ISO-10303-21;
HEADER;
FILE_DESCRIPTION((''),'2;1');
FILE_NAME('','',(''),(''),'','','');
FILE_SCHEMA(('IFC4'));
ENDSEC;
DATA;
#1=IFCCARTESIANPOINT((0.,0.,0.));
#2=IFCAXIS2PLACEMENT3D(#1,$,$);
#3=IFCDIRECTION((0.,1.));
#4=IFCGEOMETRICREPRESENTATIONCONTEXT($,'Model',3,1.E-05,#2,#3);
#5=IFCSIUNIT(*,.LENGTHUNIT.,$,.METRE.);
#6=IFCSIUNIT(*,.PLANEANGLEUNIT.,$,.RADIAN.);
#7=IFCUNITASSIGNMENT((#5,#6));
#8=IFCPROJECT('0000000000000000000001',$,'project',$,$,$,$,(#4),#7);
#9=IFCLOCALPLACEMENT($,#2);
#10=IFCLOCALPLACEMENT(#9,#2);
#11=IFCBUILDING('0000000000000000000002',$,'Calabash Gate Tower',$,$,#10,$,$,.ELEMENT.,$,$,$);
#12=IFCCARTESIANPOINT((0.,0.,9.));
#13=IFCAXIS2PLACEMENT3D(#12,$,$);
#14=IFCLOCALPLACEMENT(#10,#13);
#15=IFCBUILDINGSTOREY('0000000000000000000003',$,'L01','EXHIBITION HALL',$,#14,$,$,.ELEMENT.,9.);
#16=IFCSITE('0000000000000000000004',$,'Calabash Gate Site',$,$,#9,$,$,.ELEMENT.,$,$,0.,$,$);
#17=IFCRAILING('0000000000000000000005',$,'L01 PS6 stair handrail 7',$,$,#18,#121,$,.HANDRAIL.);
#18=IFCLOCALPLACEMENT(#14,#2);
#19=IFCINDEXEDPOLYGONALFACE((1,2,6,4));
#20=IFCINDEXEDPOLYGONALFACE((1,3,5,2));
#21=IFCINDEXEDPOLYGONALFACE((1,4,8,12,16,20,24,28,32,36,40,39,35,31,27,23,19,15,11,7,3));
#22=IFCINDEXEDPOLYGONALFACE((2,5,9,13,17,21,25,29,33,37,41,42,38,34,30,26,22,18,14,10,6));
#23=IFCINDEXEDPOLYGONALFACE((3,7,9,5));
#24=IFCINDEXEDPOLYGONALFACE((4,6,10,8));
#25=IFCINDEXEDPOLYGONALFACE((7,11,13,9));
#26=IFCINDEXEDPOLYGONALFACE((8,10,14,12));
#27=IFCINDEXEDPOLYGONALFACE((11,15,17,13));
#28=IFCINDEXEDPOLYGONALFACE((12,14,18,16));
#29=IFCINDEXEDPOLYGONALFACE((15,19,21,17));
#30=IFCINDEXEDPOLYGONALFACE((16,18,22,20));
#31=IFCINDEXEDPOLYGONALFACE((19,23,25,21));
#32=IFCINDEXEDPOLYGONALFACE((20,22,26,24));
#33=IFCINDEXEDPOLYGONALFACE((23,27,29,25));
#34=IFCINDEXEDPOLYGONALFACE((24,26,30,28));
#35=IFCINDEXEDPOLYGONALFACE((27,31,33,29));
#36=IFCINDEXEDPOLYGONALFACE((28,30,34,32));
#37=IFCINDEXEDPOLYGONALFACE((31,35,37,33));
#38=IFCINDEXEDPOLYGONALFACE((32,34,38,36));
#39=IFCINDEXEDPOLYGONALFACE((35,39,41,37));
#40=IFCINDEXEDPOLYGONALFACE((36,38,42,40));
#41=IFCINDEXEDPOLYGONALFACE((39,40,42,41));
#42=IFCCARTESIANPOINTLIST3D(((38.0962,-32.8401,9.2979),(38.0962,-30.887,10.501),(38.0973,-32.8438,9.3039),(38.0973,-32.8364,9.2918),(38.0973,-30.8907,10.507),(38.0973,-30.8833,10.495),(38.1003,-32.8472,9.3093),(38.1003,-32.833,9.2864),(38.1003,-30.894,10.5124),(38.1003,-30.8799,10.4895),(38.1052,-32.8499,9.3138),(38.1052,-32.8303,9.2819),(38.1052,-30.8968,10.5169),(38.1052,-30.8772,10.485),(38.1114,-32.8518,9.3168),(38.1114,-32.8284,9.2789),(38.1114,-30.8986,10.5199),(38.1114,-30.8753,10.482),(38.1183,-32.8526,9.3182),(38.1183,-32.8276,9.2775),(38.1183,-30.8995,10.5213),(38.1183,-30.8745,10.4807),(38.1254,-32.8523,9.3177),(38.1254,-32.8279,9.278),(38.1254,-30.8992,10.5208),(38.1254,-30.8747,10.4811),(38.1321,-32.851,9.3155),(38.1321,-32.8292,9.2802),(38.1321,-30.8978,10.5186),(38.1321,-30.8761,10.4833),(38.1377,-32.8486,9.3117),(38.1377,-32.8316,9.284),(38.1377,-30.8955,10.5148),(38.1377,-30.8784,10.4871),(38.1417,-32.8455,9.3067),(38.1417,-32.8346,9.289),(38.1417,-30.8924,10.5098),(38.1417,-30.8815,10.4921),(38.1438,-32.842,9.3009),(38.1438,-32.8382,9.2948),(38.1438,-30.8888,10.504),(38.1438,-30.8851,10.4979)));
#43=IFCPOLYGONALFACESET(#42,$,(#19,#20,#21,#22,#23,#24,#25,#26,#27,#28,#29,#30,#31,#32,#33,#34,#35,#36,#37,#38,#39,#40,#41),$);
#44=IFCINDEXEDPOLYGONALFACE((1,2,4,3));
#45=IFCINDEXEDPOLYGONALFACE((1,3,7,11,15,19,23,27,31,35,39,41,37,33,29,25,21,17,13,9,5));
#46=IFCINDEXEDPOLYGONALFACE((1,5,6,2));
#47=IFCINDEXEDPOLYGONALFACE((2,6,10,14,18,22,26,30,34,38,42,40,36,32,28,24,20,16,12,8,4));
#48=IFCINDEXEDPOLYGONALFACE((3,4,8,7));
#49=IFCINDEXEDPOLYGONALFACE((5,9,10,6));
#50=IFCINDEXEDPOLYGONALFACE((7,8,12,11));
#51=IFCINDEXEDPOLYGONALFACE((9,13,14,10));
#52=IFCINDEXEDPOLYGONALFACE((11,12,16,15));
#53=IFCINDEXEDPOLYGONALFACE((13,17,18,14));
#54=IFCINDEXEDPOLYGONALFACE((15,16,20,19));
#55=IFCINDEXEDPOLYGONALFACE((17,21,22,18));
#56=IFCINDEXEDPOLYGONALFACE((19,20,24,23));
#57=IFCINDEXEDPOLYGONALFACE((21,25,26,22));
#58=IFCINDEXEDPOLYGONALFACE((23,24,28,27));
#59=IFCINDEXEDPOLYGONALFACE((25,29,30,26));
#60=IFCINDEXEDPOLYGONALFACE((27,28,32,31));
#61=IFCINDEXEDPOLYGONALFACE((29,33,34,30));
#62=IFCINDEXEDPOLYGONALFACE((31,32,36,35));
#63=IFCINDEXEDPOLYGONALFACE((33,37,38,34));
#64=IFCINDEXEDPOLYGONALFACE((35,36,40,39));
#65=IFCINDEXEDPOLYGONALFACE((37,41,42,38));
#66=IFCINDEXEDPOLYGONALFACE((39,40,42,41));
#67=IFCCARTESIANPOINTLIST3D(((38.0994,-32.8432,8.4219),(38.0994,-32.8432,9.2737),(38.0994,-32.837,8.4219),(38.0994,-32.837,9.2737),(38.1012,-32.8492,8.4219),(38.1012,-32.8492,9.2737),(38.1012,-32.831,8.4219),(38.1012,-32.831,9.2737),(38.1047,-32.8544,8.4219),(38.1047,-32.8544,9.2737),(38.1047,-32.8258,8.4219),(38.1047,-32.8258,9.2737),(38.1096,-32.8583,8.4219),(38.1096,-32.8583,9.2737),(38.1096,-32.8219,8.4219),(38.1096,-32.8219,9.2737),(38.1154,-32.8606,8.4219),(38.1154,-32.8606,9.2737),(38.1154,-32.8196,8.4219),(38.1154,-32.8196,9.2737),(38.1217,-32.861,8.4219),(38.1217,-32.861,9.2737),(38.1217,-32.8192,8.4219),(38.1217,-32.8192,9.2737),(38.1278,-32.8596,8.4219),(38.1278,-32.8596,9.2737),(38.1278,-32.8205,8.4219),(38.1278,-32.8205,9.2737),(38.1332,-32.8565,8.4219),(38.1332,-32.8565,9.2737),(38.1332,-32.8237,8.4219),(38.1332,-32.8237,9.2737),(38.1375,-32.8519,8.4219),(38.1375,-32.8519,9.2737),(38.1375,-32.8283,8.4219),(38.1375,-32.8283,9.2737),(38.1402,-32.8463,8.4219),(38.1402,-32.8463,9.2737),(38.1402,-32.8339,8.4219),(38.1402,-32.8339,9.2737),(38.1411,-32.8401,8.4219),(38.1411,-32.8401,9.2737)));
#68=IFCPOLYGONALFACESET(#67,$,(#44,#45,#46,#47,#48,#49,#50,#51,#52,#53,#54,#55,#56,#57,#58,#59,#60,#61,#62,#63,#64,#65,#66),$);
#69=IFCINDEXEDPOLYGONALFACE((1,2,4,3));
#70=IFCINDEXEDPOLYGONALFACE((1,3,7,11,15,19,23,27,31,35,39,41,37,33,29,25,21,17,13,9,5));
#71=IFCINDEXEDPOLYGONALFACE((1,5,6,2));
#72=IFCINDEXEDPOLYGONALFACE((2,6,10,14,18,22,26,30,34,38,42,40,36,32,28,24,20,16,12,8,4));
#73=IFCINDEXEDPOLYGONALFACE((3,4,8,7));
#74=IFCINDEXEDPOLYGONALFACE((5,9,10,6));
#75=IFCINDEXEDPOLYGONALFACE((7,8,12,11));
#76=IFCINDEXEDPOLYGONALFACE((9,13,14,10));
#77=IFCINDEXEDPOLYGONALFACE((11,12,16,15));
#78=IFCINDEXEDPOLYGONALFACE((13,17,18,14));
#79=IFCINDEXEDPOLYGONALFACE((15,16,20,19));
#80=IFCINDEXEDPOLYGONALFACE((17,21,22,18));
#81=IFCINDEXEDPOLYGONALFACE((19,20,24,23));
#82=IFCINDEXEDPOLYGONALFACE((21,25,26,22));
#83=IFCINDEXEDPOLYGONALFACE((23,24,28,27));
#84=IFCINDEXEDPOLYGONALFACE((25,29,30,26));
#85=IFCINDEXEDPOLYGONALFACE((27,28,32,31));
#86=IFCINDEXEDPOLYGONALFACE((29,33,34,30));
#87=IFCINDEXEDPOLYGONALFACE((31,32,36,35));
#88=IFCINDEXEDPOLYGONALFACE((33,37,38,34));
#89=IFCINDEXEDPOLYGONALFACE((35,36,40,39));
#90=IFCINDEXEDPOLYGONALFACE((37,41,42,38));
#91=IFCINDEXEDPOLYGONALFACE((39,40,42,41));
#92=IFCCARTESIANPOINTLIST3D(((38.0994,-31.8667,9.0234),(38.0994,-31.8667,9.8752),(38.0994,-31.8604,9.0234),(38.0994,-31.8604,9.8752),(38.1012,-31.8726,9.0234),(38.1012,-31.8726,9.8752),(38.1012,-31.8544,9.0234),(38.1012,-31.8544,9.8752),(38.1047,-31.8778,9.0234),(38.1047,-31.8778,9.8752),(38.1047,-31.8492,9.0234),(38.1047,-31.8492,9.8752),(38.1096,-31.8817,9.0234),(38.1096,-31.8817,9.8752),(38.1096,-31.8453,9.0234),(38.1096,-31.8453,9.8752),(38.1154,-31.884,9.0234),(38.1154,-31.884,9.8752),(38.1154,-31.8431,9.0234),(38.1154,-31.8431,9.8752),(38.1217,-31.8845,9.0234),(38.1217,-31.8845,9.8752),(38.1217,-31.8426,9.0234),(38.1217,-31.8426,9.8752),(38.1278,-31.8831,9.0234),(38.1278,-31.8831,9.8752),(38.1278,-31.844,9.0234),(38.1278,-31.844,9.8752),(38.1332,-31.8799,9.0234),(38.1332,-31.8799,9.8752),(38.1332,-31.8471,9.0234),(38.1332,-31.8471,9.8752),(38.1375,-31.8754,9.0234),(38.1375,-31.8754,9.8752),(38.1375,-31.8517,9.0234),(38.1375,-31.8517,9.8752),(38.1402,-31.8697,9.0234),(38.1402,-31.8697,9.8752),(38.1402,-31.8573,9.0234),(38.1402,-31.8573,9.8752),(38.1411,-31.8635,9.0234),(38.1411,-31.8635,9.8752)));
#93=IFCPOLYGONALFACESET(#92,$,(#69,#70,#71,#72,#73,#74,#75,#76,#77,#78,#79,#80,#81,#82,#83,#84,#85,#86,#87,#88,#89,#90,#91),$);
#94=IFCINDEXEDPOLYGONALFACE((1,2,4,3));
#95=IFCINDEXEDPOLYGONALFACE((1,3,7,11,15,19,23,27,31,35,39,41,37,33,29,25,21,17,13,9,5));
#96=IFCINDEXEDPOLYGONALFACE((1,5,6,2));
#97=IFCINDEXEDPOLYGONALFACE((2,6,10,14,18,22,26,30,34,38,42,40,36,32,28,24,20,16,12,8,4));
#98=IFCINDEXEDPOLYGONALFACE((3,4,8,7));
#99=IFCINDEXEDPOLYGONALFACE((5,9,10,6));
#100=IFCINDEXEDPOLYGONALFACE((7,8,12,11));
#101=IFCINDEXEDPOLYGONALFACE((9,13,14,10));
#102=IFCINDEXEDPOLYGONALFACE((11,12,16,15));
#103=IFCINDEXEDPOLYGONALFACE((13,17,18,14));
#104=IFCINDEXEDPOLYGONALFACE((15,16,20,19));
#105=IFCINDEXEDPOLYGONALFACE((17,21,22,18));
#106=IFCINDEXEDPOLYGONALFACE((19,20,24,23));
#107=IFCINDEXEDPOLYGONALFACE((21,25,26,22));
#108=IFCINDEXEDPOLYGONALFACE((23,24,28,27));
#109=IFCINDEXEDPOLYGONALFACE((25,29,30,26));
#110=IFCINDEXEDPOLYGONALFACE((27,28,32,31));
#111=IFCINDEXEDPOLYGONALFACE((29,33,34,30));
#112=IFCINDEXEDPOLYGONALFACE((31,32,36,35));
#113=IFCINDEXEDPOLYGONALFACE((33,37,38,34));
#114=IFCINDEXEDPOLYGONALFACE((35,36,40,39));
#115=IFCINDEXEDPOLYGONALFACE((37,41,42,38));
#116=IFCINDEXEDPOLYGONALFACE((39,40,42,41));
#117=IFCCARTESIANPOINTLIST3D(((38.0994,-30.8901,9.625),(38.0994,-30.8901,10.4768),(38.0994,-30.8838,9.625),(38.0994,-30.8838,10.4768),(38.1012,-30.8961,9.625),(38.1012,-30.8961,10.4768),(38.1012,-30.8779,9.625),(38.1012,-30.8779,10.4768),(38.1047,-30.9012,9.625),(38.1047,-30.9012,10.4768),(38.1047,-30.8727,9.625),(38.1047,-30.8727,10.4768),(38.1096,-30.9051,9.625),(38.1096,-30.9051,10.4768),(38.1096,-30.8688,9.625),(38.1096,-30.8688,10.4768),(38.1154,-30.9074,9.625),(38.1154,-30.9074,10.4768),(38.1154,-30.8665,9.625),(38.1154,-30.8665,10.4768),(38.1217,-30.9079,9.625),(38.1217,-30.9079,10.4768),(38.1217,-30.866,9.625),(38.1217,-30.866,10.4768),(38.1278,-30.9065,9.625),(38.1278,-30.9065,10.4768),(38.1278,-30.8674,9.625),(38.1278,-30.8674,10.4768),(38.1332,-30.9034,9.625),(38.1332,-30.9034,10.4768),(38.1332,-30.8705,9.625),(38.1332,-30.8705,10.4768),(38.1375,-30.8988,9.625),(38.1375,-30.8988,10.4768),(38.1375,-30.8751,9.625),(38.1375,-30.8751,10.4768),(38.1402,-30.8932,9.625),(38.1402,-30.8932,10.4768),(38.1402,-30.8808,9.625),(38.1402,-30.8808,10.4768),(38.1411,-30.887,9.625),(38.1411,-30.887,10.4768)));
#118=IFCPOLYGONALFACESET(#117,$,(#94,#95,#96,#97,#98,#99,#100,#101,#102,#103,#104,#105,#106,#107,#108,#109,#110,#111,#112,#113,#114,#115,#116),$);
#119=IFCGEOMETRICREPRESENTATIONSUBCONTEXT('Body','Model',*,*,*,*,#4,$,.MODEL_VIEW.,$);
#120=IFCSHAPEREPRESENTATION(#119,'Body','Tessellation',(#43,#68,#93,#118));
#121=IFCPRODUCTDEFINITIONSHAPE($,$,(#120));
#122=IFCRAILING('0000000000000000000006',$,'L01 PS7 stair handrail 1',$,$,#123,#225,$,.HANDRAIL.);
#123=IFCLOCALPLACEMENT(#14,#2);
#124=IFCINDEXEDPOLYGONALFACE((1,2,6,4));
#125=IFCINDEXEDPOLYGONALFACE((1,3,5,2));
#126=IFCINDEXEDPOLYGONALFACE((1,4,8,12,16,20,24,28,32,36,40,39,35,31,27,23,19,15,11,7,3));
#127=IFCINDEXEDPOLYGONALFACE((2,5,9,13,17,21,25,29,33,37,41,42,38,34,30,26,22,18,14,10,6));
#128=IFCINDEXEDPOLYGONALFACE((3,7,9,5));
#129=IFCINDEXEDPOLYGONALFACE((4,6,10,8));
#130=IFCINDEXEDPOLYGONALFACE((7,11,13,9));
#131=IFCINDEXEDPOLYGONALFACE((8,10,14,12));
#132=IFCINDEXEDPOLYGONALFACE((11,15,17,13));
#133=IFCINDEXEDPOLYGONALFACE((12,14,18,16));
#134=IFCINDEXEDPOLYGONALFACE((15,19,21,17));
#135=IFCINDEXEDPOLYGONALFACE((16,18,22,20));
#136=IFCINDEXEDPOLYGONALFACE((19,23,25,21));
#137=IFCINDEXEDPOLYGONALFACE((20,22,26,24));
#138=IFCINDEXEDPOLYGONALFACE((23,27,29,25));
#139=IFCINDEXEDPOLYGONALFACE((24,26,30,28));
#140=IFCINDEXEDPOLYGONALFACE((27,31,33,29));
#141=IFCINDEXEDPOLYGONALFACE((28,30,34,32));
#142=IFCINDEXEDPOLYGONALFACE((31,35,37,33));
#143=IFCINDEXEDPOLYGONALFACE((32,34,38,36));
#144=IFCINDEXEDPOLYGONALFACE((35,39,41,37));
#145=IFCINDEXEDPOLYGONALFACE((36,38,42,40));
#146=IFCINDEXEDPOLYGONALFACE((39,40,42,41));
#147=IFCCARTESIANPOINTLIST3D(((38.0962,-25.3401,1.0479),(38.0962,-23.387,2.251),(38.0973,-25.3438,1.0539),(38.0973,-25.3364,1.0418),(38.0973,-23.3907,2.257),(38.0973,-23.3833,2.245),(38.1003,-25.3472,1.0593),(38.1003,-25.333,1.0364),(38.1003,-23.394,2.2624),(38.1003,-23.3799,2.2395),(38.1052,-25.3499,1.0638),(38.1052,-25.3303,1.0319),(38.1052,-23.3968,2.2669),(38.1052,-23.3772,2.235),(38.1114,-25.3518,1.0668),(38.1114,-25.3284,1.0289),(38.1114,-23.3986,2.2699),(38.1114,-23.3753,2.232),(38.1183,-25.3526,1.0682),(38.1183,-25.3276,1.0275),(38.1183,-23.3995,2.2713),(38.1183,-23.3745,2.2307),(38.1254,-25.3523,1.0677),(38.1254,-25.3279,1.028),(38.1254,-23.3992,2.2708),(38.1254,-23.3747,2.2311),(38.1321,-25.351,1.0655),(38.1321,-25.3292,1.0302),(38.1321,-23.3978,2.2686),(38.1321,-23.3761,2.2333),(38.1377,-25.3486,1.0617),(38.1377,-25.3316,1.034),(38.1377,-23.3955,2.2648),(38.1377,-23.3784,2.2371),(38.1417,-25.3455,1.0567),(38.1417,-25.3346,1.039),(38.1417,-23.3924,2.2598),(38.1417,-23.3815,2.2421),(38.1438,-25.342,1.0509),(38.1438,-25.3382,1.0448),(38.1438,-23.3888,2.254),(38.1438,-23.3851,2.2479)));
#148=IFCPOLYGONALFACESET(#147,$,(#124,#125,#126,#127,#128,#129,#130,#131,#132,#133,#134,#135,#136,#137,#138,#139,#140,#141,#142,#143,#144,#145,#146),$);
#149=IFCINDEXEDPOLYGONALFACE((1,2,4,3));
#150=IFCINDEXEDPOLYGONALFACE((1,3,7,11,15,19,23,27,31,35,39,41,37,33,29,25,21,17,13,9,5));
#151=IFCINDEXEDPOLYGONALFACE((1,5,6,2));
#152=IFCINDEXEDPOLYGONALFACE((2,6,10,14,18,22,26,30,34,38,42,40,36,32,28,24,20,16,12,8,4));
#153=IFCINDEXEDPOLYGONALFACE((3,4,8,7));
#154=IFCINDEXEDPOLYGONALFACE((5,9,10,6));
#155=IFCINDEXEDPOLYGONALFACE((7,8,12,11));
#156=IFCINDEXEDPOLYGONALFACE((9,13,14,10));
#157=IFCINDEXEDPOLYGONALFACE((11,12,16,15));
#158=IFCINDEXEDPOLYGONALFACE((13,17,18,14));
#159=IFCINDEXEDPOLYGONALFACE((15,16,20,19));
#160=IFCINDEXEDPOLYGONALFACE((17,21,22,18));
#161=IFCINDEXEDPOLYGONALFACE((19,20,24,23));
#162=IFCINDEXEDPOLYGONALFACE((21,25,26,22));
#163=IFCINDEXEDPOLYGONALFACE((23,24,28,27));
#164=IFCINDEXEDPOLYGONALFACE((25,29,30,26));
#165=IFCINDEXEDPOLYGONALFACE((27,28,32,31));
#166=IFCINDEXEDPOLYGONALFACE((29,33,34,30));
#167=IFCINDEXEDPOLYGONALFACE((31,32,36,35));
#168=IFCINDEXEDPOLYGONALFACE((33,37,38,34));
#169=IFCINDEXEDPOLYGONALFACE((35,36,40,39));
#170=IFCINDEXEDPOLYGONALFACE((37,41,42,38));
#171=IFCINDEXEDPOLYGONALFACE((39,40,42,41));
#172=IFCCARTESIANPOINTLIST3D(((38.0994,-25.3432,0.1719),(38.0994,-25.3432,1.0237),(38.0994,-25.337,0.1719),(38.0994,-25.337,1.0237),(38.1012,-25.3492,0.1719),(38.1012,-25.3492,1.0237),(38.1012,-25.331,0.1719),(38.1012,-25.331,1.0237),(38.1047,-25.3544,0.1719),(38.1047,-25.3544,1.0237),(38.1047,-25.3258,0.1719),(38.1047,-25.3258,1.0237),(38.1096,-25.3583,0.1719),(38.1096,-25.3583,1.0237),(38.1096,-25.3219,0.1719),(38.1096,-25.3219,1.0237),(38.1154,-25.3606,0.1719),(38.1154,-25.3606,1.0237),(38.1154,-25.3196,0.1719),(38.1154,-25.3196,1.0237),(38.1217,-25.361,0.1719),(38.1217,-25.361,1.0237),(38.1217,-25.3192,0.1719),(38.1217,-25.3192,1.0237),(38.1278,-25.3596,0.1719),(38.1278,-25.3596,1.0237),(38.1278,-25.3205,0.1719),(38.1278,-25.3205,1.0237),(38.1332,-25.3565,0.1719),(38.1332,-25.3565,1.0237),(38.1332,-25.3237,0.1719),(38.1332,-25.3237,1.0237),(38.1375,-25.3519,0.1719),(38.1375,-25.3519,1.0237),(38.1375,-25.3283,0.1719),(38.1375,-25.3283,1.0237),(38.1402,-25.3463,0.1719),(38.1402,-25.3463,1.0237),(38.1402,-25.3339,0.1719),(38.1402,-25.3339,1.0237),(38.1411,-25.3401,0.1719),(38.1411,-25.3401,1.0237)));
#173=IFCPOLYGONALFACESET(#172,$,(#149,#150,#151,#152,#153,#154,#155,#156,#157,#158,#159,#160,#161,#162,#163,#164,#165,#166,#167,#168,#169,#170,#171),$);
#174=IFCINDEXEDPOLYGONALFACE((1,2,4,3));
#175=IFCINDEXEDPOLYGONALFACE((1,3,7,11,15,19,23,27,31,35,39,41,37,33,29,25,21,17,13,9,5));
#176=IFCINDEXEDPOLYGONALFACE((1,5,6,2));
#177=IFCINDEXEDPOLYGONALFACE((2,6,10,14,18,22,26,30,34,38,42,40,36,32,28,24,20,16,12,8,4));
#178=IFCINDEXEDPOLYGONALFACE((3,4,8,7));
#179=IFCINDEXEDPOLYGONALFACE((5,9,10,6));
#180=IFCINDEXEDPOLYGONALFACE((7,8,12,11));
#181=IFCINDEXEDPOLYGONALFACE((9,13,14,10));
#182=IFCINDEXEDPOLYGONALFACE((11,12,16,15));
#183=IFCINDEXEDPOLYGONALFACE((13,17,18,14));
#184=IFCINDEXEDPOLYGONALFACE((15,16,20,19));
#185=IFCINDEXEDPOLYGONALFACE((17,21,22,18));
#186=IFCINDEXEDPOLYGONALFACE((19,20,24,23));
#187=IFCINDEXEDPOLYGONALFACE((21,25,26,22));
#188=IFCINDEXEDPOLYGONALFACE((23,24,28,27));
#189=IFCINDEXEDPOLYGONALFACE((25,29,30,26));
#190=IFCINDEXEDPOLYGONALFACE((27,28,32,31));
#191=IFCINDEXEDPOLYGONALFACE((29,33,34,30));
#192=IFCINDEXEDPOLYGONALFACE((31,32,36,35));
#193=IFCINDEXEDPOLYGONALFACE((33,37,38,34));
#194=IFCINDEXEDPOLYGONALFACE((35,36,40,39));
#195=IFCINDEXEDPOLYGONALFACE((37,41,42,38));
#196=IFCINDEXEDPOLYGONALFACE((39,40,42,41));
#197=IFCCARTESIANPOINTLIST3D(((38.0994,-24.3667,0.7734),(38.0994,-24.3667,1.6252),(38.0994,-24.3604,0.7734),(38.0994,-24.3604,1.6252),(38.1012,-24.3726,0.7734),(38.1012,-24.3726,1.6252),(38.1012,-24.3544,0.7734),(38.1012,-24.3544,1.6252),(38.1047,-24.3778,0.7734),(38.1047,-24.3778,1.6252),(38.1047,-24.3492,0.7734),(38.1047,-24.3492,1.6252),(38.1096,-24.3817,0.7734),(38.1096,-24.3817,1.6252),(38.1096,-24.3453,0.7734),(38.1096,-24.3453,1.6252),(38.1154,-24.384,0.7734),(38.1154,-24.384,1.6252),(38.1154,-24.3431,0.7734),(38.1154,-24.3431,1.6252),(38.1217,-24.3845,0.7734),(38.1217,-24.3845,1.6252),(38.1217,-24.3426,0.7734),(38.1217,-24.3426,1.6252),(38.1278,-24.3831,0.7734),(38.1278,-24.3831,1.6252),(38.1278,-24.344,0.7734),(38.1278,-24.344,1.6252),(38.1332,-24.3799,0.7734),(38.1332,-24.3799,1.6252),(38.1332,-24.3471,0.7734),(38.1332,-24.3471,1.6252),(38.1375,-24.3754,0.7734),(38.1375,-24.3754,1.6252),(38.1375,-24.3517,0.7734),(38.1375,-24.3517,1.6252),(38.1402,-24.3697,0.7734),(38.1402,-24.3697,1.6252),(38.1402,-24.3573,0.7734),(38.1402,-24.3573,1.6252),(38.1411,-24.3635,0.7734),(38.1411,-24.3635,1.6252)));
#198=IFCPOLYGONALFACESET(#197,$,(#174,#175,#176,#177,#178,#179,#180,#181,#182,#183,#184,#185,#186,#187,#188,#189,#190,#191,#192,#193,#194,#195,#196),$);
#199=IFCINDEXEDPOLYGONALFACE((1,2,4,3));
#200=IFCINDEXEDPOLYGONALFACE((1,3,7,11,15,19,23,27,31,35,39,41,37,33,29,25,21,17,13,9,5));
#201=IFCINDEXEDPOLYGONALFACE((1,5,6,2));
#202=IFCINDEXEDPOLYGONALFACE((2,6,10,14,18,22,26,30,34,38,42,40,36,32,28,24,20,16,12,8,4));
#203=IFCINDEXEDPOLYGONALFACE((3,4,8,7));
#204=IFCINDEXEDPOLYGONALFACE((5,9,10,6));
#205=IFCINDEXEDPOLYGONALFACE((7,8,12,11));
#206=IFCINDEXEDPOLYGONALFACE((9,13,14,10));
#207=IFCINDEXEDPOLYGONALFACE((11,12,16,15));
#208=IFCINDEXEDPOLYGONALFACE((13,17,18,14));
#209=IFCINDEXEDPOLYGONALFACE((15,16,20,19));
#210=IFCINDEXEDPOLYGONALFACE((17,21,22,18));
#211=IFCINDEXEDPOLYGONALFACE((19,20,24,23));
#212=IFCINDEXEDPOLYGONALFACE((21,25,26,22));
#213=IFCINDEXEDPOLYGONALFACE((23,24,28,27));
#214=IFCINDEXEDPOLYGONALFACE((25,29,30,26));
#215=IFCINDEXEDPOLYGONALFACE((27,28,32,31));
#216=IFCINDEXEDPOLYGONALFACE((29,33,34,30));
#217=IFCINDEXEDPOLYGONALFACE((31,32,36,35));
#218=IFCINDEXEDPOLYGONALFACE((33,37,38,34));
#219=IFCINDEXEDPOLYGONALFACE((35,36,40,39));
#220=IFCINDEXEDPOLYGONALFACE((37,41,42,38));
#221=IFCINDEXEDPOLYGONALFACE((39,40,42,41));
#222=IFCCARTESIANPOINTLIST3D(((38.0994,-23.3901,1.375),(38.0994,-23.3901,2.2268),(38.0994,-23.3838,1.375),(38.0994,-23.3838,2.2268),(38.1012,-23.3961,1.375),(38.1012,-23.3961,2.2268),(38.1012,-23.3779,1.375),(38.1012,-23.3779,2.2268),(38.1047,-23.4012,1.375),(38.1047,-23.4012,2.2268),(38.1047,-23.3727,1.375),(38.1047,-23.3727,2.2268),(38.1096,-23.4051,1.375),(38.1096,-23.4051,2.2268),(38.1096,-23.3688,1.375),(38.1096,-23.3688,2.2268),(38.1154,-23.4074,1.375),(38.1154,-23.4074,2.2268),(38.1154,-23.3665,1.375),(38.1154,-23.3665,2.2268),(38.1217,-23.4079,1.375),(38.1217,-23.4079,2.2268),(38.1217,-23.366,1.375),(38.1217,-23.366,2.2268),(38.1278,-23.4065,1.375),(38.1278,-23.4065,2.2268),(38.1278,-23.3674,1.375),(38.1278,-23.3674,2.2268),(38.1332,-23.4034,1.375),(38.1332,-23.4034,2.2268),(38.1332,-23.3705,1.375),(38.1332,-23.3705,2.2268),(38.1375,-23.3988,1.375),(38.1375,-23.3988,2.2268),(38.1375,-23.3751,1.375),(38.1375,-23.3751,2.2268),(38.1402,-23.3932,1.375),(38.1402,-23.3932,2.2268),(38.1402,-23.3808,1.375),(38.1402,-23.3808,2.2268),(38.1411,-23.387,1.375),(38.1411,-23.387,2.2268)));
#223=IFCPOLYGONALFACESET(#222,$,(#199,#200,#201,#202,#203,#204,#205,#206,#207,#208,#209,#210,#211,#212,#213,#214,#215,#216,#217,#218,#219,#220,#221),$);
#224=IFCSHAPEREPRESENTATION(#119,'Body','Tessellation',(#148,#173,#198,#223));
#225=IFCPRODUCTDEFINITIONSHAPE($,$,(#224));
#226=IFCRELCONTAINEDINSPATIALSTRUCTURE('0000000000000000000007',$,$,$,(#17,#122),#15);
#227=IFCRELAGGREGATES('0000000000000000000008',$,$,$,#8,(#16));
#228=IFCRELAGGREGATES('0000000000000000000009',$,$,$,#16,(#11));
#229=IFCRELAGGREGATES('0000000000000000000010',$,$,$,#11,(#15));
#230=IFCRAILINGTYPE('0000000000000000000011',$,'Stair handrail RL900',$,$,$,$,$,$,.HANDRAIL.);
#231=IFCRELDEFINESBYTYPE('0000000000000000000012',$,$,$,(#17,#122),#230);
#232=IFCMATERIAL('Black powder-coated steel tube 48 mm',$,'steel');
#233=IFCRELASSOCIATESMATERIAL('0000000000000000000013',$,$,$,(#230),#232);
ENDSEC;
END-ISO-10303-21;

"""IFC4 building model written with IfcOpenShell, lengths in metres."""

from ifc_helpers import new_model, si_unit, direction, frame, origin, origin_2d, place, context, subcontext, project, spatial, circle, extrude, material, type_object, element, save


model = new_model("IFC4")

# Units and contexts
model_context = context("Model", 3, precision=1e-05, world=origin(), true_north=direction((0.0, 1.0)))
body_context = subcontext(model_context, "Body", "Model", "MODEL_VIEW")
ifc_project = project(units=[si_unit("LENGTHUNIT", "METRE"), si_unit("PLANEANGLEUNIT", "RADIAN")], contexts=[model_context])

# Site, building, storey
site_placement = place(None, origin())
site = spatial("IfcSite", under=ifc_project, at=site_placement, Name="Calabash Gate Site", CompositionType="ELEMENT", RefElevation=0.0)
building_placement = place(site_placement, origin())
building = spatial("IfcBuilding", under=site, at=building_placement, Name="Calabash Gate Tower", CompositionType="ELEMENT")
storey_placement = place(building_placement, frame((0.0, 0.0, 9.0)))
storey = spatial("IfcBuildingStorey", under=building, at=storey_placement, Name="L01", Description="EXHIBITION HALL", CompositionType="ELEMENT", Elevation=9.0)

# Railings
ifc_material_1 = material(Name="Black powder-coated steel tube 48 mm", Category="steel")
railing_type_1 = type_object("IfcRailingType", Name="Stair handrail RL900", PredefinedType="HANDRAIL", material=ifc_material_1)
for number, where, name in (
    (1, (38.1201, -32.8401, 8.4219), "L01 PS6 stair handrail 7"),
    (2, (38.1201, -25.3401, 0.1719), "L01 PS7 stair handrail 1"),
):
    element("IfcRailing", number, at=place(storey_placement, frame(where)), inside=storey, type_object=railing_type_1, Name=name, PredefinedType="HANDRAIL", context=body_context, shape_type="SweptSolid", body=[
        extrude(circle(Radius=0.0239, at=origin_2d()), frame((0.0, 0.0, 0.876), z_axis=(0.0, 0.851424, 0.524477), x_axis=(-1.0, 0.0, 0.0)), (0.0, 0.0, 1.0), 2.2939),
        extrude(circle(Radius=0.021, at=origin_2d()), origin(), (0.0, 0.0, 1.0), 0.8518),
        extrude(circle(Radius=0.021, at=origin_2d()), frame((0.0, 0.9766, 0.6016)), (0.0, 0.0, 1.0), 0.8518),
        extrude(circle(Radius=0.021, at=origin_2d()), frame((0.0, 1.9531, 1.2031)), (0.0, 0.0, 1.0), 0.8518),
    ])

save(model, "model.ifc")
